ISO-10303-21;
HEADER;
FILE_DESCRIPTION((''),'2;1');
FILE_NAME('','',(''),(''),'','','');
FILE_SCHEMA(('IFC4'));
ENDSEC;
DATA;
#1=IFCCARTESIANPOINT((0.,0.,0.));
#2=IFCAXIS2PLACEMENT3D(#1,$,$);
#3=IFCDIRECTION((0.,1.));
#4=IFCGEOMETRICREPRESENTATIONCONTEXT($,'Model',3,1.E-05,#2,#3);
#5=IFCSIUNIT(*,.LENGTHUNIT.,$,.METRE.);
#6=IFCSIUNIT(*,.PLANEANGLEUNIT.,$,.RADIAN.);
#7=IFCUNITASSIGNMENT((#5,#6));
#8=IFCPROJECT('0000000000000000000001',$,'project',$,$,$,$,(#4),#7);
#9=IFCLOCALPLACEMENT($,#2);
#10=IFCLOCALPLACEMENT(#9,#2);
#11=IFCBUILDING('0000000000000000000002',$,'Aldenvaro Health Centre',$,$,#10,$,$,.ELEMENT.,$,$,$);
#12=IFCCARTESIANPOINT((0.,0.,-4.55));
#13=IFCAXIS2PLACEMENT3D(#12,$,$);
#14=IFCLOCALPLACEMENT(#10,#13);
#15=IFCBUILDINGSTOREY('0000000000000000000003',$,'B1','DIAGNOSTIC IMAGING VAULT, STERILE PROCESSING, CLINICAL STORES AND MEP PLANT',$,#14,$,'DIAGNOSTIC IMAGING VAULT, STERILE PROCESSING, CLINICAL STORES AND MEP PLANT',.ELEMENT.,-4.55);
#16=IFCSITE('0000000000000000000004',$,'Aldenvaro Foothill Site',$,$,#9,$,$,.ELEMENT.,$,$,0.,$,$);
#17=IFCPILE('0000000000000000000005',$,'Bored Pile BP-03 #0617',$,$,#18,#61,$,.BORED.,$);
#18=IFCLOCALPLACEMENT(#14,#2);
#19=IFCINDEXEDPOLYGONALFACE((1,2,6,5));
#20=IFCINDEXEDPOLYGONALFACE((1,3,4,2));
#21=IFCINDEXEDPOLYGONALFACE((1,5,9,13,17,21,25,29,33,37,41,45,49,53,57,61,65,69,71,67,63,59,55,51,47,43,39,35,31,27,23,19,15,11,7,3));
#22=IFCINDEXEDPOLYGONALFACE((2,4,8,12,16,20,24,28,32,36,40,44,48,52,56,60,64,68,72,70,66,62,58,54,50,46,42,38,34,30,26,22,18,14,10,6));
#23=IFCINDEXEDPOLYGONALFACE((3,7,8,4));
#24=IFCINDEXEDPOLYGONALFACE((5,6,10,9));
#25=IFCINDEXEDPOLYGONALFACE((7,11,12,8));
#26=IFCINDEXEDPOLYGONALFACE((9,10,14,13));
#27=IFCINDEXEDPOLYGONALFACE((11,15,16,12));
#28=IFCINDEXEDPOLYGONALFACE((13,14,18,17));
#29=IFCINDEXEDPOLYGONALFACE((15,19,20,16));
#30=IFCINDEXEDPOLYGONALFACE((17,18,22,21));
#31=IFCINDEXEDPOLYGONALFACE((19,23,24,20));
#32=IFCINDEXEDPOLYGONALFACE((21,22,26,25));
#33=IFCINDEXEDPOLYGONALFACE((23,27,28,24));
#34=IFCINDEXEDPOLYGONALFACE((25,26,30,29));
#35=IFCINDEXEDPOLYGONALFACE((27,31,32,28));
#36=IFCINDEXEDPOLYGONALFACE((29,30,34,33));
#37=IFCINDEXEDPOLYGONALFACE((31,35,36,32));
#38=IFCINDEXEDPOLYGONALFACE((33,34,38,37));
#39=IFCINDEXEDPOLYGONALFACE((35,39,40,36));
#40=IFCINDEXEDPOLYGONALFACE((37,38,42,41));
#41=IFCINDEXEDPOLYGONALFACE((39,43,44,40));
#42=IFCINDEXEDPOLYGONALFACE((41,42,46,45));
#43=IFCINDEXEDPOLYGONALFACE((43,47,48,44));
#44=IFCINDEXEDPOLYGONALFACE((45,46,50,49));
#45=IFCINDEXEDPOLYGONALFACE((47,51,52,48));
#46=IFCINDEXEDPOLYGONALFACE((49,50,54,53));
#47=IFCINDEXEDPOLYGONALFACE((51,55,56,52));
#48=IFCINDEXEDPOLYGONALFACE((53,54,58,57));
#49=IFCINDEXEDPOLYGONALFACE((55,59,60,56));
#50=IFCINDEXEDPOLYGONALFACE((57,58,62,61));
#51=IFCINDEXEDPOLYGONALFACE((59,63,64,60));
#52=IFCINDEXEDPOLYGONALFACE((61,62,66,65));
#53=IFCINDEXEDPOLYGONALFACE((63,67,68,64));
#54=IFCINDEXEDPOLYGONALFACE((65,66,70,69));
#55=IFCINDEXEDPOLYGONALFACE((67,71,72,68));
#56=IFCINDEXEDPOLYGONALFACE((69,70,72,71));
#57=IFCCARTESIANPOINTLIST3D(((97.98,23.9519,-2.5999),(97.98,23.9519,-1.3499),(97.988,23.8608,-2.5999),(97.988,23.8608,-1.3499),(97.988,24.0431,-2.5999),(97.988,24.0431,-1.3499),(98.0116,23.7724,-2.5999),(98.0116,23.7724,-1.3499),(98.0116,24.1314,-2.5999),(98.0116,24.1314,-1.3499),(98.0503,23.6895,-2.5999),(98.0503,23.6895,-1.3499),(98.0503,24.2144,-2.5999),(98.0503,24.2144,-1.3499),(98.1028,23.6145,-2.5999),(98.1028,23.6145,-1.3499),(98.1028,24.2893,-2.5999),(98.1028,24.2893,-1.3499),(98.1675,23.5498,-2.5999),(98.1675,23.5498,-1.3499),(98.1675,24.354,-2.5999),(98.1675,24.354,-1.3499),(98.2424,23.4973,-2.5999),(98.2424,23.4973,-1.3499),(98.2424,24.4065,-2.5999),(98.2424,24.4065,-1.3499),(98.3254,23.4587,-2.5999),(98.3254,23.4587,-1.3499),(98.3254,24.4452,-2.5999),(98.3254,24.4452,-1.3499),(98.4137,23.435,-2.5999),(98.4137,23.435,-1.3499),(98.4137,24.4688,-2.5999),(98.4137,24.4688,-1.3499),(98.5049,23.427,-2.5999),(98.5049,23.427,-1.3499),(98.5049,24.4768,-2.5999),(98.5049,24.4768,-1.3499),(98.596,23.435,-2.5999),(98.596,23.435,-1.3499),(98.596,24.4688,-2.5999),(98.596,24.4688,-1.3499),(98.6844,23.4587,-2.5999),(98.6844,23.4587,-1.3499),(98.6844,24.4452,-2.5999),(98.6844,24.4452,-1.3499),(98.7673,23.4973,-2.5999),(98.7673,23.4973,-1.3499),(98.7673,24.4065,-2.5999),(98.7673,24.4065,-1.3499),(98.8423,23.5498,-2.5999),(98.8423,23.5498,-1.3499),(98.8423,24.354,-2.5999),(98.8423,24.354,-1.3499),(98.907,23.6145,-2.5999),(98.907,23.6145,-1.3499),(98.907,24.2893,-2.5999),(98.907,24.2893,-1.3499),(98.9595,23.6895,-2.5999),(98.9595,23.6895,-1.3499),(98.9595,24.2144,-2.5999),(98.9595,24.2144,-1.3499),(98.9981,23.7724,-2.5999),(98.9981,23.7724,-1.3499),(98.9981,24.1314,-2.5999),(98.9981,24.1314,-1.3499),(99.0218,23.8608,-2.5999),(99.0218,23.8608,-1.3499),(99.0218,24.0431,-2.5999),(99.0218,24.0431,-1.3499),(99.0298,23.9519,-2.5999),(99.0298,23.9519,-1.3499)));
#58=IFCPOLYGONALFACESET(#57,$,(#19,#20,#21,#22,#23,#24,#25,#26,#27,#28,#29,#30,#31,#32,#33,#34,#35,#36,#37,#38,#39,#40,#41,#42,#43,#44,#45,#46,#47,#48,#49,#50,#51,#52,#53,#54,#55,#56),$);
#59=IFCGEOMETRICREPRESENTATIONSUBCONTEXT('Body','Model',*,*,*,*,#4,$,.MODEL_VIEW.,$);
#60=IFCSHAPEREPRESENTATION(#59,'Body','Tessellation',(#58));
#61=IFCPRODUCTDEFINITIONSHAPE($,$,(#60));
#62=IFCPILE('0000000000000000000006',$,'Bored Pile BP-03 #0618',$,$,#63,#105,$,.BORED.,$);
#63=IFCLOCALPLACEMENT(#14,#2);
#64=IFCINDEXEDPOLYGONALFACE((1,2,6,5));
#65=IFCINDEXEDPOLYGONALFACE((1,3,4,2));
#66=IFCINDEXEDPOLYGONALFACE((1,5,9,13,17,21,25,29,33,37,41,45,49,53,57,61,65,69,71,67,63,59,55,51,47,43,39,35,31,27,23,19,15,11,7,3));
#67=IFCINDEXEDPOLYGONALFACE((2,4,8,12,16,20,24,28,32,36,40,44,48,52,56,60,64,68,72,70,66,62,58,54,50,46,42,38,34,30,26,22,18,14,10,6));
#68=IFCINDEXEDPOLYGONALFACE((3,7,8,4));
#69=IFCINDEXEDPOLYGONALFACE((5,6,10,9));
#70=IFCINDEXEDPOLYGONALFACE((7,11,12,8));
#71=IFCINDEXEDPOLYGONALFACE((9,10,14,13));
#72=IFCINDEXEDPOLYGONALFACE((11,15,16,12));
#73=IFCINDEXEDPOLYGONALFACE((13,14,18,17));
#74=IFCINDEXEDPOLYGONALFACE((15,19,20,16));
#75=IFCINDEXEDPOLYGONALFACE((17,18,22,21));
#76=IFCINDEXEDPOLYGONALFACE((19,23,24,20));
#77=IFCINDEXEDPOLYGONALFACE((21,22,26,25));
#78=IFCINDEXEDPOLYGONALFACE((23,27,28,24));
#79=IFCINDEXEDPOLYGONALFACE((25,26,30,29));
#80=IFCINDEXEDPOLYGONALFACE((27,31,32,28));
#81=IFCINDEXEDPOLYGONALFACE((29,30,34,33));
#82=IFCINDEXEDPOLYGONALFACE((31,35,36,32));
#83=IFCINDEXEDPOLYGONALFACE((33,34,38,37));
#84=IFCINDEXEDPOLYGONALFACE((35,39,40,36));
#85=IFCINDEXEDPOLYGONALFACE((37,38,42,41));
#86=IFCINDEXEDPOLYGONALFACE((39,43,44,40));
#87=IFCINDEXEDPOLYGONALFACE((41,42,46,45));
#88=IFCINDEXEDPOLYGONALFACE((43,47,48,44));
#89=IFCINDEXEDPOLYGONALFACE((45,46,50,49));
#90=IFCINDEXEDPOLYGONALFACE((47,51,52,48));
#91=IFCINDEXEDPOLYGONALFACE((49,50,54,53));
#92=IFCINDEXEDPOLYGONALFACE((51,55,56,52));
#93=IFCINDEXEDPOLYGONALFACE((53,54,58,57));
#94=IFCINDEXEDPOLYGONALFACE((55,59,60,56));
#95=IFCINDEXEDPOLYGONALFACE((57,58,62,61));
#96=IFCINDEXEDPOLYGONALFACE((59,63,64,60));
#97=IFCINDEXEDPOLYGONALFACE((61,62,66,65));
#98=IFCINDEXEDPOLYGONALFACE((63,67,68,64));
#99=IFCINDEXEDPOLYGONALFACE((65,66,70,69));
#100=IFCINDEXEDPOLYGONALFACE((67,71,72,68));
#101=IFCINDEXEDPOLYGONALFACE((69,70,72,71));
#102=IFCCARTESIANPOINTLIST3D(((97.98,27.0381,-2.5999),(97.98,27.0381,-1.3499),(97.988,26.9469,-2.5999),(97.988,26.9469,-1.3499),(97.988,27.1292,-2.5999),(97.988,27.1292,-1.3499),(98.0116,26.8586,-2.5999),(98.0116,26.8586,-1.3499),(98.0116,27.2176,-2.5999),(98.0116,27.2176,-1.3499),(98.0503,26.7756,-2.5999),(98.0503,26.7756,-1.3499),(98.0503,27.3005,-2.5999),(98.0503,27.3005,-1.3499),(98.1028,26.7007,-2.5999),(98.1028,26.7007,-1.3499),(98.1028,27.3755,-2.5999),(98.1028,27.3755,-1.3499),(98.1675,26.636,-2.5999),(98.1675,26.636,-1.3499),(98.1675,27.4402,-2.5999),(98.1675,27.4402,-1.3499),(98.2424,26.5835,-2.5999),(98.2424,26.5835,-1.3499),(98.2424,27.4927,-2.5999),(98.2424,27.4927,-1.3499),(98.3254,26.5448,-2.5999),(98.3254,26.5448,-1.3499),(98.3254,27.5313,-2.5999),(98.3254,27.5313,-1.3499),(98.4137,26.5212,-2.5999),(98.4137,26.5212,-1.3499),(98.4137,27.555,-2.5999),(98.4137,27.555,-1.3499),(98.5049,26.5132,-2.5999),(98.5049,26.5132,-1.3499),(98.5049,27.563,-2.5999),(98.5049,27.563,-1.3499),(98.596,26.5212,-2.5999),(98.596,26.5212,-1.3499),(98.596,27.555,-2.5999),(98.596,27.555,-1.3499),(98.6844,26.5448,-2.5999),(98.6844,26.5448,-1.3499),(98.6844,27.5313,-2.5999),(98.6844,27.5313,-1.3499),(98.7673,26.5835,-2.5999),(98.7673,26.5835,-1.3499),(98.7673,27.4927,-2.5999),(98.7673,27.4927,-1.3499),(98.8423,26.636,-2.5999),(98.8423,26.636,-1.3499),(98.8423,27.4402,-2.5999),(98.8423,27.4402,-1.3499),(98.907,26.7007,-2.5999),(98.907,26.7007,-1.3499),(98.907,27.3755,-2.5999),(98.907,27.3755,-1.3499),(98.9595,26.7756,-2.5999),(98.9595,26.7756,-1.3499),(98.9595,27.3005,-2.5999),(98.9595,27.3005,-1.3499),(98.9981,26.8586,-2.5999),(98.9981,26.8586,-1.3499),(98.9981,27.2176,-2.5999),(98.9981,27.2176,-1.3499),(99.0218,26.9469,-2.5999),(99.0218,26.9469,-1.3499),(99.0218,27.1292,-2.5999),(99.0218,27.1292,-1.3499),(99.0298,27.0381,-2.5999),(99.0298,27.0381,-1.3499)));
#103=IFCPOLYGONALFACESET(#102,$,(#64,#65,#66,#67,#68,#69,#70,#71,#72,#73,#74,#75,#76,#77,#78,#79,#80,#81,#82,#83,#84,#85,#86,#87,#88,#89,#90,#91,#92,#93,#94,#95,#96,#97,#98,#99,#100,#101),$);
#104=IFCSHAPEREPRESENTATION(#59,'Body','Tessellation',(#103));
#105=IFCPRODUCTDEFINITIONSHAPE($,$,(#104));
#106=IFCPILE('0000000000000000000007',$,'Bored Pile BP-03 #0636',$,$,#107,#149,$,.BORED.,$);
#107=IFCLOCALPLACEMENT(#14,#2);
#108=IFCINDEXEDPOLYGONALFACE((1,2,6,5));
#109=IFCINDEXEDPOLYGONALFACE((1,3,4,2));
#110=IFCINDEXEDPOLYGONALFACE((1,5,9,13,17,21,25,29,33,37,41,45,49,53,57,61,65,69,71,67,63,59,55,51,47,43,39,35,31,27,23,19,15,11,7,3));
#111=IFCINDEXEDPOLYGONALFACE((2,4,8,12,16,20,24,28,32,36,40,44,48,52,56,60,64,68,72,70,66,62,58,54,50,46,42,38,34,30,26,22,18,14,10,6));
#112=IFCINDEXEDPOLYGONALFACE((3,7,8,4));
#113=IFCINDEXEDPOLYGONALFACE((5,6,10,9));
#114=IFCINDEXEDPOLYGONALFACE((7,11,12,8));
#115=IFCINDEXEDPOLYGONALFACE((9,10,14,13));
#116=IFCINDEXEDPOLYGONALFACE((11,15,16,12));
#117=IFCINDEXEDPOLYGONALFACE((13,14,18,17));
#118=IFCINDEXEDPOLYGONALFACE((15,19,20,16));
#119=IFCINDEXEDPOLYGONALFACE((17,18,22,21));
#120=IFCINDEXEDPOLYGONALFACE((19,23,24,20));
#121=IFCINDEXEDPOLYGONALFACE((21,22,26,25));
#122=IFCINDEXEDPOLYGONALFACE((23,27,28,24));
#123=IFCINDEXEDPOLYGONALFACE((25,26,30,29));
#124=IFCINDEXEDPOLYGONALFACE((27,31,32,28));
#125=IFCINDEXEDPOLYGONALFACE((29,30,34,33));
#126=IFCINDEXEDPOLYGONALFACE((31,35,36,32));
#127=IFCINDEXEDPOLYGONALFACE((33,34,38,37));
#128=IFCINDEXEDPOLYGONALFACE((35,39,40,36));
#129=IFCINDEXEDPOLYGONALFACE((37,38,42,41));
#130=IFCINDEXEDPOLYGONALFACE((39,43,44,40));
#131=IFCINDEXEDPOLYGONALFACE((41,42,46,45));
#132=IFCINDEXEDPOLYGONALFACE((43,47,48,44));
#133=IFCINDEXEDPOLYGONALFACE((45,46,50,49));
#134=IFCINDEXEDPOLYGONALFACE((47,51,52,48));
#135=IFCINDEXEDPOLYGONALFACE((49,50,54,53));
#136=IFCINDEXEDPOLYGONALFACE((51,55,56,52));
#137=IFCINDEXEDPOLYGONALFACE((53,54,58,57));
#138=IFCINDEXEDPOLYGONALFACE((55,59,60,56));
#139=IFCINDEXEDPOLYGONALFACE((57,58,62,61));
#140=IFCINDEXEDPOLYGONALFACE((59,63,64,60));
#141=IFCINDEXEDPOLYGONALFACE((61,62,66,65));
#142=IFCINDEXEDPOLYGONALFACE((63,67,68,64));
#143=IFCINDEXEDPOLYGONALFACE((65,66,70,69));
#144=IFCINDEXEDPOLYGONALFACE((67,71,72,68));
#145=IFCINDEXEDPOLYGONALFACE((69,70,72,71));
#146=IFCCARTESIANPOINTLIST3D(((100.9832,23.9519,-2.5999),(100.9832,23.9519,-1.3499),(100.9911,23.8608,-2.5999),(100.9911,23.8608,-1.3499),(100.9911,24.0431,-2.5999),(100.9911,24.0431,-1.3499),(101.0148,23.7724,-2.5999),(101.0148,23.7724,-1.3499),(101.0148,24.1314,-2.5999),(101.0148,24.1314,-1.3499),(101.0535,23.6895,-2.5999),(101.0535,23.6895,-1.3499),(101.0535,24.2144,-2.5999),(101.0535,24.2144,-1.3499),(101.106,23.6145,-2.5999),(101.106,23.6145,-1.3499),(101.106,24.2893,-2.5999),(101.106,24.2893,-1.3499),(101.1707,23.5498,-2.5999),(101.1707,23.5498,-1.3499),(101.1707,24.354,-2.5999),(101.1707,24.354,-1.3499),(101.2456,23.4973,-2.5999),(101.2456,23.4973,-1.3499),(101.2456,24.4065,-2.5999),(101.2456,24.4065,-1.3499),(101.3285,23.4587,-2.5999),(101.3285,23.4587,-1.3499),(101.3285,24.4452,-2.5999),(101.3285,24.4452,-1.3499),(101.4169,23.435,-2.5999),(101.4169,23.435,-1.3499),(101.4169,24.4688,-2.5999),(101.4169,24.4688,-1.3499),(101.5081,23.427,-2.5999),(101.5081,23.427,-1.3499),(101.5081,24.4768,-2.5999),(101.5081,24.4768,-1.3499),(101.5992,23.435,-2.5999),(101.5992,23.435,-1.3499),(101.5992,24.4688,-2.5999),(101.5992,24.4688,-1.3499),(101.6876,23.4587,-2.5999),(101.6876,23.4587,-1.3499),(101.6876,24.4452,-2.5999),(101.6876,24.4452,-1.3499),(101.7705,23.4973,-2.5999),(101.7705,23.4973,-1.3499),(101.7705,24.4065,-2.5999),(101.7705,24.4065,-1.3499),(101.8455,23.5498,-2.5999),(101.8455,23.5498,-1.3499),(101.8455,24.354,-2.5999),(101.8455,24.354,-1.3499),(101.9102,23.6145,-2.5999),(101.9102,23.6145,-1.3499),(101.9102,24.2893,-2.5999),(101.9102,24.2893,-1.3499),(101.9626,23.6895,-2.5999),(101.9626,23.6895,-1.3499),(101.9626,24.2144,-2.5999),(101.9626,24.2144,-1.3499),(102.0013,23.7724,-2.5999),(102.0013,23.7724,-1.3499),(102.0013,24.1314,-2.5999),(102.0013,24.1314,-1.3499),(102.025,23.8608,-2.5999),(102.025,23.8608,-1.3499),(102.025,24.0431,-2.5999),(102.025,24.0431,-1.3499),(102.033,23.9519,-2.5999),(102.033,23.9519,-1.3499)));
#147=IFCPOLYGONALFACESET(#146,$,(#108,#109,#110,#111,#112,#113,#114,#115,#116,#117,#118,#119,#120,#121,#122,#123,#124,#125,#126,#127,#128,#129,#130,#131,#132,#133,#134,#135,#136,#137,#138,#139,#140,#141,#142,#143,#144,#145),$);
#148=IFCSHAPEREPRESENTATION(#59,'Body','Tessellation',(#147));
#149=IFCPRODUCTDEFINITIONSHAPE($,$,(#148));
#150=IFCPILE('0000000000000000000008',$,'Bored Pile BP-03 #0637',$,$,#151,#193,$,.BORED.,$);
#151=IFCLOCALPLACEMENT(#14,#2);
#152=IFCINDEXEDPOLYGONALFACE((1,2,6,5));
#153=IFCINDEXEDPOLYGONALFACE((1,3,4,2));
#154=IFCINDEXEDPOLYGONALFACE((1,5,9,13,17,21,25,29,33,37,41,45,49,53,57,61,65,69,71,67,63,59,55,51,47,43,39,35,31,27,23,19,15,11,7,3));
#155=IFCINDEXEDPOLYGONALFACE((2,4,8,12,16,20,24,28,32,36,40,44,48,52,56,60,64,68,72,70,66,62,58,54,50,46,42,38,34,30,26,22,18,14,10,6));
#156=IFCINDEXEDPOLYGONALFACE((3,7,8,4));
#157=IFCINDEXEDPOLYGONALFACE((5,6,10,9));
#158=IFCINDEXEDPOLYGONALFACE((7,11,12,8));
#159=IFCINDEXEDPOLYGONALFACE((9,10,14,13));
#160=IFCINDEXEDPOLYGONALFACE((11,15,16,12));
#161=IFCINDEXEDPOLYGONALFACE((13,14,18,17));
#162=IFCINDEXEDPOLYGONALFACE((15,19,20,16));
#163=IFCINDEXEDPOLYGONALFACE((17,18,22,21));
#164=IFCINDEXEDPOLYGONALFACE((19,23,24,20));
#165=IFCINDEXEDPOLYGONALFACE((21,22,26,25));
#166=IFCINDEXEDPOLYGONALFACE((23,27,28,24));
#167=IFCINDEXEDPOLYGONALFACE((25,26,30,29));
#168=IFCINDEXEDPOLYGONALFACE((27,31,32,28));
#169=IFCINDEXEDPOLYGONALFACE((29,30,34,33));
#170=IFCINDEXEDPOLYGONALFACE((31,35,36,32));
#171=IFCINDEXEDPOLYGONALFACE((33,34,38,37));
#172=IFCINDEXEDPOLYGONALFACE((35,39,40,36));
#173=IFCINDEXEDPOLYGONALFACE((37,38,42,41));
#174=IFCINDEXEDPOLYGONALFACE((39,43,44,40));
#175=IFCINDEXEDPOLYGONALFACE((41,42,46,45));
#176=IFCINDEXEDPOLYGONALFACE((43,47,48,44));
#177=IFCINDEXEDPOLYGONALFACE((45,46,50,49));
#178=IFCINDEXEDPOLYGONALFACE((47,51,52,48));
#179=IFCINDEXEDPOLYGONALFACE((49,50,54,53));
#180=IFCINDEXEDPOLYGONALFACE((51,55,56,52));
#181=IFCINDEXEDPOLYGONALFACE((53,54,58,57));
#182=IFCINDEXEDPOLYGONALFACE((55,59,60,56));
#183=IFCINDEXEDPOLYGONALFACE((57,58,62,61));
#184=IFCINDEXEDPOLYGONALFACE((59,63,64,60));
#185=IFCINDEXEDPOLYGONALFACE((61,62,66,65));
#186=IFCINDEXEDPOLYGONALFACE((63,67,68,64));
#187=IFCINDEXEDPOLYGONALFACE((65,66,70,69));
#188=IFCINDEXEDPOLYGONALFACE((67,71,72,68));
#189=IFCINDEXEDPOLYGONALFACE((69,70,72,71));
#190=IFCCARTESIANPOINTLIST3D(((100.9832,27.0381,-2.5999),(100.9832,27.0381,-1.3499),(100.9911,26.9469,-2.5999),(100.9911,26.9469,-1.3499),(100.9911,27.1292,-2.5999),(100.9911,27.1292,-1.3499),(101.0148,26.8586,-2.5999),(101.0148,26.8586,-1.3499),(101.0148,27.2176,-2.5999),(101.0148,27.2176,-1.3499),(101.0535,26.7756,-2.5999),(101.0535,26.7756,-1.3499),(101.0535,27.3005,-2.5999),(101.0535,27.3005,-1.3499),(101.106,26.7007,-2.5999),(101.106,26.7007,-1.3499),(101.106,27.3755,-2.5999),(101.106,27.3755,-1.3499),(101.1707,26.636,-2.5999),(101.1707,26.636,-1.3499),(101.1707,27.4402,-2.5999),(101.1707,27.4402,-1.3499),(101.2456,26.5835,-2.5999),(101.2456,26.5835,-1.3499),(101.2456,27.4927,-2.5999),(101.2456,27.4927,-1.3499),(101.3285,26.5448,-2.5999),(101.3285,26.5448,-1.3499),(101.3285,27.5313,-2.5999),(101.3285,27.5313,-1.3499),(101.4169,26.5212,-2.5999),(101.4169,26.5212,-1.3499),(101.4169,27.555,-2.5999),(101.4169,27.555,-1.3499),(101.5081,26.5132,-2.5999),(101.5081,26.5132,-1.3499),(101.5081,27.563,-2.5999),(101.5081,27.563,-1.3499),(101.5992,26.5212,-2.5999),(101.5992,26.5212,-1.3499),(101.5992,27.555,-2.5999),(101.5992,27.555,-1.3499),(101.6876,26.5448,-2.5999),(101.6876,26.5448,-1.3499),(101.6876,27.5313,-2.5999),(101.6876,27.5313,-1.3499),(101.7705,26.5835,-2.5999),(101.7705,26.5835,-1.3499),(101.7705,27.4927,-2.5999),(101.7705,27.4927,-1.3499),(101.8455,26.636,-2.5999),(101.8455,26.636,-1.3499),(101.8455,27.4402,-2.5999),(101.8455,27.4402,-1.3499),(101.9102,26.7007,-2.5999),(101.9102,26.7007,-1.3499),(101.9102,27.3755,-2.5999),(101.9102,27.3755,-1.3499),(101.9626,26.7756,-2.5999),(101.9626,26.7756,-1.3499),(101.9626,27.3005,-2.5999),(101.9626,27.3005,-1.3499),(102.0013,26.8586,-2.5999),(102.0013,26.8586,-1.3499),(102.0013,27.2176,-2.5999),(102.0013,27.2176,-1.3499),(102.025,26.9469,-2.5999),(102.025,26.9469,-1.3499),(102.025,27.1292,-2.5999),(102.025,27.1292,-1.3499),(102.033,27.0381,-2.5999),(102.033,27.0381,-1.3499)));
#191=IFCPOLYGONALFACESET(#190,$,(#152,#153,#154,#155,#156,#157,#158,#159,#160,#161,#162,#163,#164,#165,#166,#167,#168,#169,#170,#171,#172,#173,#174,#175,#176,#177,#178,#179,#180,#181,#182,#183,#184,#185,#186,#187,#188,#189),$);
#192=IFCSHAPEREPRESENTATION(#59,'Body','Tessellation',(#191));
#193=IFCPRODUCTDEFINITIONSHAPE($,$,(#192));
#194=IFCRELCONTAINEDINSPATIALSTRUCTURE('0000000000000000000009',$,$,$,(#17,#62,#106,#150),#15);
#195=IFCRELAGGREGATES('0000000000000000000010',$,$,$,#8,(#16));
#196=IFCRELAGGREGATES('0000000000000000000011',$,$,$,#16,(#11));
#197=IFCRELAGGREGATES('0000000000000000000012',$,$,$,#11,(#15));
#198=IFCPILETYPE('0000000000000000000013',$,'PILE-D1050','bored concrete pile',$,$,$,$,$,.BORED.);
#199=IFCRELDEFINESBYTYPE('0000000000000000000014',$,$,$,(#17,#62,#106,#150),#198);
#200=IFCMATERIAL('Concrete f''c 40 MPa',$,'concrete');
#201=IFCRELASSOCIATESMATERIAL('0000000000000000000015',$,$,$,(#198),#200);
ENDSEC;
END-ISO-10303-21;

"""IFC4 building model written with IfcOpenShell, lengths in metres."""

from ifc_helpers import new_model, si_unit, direction, frame, origin, origin_2d, place, context, subcontext, project, spatial, circle, extrude, material, material_profile, profile_set, type_object, element, save


model = new_model("IFC4")

# Units and contexts
model_context = context("Model", 3, precision=1e-05, world=origin(), true_north=direction((0.0, 1.0)))
body_context = subcontext(model_context, "Body", "Model", "MODEL_VIEW")
ifc_project = project(units=[si_unit("LENGTHUNIT", "METRE"), si_unit("PLANEANGLEUNIT", "RADIAN")], contexts=[model_context])

# Site, building, storey
site_placement = place(None, origin())
site = spatial("IfcSite", under=ifc_project, at=site_placement, Name="Aldenvaro Foothill Site", CompositionType="ELEMENT", RefElevation=0.0)
building_placement = place(site_placement, origin())
building = spatial("IfcBuilding", under=site, at=building_placement, Name="Aldenvaro Health Centre", CompositionType="ELEMENT")
storey_placement = place(building_placement, frame((0.0, 0.0, -4.55)))
storey = spatial("IfcBuildingStorey", under=building, at=storey_placement, Name="B1", Description="DIAGNOSTIC IMAGING VAULT, STERILE PROCESSING, CLINICAL STORES AND MEP PLANT", LongName="DIAGNOSTIC IMAGING VAULT, STERILE PROCESSING, CLINICAL STORES AND MEP PLANT", CompositionType="ELEMENT", Elevation=-4.55)

# Piles
ifc_material_1 = material(Name="Concrete f'c 40 MPa", Category="concrete")
ifc_material_profile_1 = material_profile(ifc_material_1, circle(Radius=0.5249, at=origin_2d()), Name="PILE D1050", Category="concrete")
ifc_profile_set_1 = profile_set([ifc_material_profile_1], Name="Concrete f'c 40 MPa")
pile_type = type_object("IfcPileType", Name="PILE-D1050", Description="bored concrete pile", PredefinedType="BORED", material=ifc_profile_set_1)
for number, where, z_axis, x_axis, name in (
    (1, (98.5049, 23.9519, -1.3499), (0.0, 0.0, -1.0), (1.0, 0.0, 0.0), "Bored Pile BP-03 #0617"),
    (2, (98.5049, 27.0381, -1.3499), (0.0, 0.0, -1.0), (1.0, 0.0, 0.0), "Bored Pile BP-03 #0618"),
    (3, (101.5081, 23.9519, -1.3499), (0.0, 0.0, -1.0), (1.0, 0.0, 0.0), "Bored Pile BP-03 #0636"),
    (4, (101.5081, 27.0381, -1.3499), (0.0, 0.0, -1.0), (1.0, 0.0, 0.0), "Bored Pile BP-03 #0637"),
):
    element("IfcPile", number, at=place(storey_placement, frame(where, z_axis=z_axis, x_axis=x_axis)), inside=storey, type_object=pile_type, Name=name, PredefinedType="BORED", context=body_context, shape_type="SweptSolid", body=[
        extrude(circle(Radius=0.5249, at=origin_2d()), origin(), (0.0, 0.0, 1.0), 1.25),
    ])

save(model, "model.ifc")
